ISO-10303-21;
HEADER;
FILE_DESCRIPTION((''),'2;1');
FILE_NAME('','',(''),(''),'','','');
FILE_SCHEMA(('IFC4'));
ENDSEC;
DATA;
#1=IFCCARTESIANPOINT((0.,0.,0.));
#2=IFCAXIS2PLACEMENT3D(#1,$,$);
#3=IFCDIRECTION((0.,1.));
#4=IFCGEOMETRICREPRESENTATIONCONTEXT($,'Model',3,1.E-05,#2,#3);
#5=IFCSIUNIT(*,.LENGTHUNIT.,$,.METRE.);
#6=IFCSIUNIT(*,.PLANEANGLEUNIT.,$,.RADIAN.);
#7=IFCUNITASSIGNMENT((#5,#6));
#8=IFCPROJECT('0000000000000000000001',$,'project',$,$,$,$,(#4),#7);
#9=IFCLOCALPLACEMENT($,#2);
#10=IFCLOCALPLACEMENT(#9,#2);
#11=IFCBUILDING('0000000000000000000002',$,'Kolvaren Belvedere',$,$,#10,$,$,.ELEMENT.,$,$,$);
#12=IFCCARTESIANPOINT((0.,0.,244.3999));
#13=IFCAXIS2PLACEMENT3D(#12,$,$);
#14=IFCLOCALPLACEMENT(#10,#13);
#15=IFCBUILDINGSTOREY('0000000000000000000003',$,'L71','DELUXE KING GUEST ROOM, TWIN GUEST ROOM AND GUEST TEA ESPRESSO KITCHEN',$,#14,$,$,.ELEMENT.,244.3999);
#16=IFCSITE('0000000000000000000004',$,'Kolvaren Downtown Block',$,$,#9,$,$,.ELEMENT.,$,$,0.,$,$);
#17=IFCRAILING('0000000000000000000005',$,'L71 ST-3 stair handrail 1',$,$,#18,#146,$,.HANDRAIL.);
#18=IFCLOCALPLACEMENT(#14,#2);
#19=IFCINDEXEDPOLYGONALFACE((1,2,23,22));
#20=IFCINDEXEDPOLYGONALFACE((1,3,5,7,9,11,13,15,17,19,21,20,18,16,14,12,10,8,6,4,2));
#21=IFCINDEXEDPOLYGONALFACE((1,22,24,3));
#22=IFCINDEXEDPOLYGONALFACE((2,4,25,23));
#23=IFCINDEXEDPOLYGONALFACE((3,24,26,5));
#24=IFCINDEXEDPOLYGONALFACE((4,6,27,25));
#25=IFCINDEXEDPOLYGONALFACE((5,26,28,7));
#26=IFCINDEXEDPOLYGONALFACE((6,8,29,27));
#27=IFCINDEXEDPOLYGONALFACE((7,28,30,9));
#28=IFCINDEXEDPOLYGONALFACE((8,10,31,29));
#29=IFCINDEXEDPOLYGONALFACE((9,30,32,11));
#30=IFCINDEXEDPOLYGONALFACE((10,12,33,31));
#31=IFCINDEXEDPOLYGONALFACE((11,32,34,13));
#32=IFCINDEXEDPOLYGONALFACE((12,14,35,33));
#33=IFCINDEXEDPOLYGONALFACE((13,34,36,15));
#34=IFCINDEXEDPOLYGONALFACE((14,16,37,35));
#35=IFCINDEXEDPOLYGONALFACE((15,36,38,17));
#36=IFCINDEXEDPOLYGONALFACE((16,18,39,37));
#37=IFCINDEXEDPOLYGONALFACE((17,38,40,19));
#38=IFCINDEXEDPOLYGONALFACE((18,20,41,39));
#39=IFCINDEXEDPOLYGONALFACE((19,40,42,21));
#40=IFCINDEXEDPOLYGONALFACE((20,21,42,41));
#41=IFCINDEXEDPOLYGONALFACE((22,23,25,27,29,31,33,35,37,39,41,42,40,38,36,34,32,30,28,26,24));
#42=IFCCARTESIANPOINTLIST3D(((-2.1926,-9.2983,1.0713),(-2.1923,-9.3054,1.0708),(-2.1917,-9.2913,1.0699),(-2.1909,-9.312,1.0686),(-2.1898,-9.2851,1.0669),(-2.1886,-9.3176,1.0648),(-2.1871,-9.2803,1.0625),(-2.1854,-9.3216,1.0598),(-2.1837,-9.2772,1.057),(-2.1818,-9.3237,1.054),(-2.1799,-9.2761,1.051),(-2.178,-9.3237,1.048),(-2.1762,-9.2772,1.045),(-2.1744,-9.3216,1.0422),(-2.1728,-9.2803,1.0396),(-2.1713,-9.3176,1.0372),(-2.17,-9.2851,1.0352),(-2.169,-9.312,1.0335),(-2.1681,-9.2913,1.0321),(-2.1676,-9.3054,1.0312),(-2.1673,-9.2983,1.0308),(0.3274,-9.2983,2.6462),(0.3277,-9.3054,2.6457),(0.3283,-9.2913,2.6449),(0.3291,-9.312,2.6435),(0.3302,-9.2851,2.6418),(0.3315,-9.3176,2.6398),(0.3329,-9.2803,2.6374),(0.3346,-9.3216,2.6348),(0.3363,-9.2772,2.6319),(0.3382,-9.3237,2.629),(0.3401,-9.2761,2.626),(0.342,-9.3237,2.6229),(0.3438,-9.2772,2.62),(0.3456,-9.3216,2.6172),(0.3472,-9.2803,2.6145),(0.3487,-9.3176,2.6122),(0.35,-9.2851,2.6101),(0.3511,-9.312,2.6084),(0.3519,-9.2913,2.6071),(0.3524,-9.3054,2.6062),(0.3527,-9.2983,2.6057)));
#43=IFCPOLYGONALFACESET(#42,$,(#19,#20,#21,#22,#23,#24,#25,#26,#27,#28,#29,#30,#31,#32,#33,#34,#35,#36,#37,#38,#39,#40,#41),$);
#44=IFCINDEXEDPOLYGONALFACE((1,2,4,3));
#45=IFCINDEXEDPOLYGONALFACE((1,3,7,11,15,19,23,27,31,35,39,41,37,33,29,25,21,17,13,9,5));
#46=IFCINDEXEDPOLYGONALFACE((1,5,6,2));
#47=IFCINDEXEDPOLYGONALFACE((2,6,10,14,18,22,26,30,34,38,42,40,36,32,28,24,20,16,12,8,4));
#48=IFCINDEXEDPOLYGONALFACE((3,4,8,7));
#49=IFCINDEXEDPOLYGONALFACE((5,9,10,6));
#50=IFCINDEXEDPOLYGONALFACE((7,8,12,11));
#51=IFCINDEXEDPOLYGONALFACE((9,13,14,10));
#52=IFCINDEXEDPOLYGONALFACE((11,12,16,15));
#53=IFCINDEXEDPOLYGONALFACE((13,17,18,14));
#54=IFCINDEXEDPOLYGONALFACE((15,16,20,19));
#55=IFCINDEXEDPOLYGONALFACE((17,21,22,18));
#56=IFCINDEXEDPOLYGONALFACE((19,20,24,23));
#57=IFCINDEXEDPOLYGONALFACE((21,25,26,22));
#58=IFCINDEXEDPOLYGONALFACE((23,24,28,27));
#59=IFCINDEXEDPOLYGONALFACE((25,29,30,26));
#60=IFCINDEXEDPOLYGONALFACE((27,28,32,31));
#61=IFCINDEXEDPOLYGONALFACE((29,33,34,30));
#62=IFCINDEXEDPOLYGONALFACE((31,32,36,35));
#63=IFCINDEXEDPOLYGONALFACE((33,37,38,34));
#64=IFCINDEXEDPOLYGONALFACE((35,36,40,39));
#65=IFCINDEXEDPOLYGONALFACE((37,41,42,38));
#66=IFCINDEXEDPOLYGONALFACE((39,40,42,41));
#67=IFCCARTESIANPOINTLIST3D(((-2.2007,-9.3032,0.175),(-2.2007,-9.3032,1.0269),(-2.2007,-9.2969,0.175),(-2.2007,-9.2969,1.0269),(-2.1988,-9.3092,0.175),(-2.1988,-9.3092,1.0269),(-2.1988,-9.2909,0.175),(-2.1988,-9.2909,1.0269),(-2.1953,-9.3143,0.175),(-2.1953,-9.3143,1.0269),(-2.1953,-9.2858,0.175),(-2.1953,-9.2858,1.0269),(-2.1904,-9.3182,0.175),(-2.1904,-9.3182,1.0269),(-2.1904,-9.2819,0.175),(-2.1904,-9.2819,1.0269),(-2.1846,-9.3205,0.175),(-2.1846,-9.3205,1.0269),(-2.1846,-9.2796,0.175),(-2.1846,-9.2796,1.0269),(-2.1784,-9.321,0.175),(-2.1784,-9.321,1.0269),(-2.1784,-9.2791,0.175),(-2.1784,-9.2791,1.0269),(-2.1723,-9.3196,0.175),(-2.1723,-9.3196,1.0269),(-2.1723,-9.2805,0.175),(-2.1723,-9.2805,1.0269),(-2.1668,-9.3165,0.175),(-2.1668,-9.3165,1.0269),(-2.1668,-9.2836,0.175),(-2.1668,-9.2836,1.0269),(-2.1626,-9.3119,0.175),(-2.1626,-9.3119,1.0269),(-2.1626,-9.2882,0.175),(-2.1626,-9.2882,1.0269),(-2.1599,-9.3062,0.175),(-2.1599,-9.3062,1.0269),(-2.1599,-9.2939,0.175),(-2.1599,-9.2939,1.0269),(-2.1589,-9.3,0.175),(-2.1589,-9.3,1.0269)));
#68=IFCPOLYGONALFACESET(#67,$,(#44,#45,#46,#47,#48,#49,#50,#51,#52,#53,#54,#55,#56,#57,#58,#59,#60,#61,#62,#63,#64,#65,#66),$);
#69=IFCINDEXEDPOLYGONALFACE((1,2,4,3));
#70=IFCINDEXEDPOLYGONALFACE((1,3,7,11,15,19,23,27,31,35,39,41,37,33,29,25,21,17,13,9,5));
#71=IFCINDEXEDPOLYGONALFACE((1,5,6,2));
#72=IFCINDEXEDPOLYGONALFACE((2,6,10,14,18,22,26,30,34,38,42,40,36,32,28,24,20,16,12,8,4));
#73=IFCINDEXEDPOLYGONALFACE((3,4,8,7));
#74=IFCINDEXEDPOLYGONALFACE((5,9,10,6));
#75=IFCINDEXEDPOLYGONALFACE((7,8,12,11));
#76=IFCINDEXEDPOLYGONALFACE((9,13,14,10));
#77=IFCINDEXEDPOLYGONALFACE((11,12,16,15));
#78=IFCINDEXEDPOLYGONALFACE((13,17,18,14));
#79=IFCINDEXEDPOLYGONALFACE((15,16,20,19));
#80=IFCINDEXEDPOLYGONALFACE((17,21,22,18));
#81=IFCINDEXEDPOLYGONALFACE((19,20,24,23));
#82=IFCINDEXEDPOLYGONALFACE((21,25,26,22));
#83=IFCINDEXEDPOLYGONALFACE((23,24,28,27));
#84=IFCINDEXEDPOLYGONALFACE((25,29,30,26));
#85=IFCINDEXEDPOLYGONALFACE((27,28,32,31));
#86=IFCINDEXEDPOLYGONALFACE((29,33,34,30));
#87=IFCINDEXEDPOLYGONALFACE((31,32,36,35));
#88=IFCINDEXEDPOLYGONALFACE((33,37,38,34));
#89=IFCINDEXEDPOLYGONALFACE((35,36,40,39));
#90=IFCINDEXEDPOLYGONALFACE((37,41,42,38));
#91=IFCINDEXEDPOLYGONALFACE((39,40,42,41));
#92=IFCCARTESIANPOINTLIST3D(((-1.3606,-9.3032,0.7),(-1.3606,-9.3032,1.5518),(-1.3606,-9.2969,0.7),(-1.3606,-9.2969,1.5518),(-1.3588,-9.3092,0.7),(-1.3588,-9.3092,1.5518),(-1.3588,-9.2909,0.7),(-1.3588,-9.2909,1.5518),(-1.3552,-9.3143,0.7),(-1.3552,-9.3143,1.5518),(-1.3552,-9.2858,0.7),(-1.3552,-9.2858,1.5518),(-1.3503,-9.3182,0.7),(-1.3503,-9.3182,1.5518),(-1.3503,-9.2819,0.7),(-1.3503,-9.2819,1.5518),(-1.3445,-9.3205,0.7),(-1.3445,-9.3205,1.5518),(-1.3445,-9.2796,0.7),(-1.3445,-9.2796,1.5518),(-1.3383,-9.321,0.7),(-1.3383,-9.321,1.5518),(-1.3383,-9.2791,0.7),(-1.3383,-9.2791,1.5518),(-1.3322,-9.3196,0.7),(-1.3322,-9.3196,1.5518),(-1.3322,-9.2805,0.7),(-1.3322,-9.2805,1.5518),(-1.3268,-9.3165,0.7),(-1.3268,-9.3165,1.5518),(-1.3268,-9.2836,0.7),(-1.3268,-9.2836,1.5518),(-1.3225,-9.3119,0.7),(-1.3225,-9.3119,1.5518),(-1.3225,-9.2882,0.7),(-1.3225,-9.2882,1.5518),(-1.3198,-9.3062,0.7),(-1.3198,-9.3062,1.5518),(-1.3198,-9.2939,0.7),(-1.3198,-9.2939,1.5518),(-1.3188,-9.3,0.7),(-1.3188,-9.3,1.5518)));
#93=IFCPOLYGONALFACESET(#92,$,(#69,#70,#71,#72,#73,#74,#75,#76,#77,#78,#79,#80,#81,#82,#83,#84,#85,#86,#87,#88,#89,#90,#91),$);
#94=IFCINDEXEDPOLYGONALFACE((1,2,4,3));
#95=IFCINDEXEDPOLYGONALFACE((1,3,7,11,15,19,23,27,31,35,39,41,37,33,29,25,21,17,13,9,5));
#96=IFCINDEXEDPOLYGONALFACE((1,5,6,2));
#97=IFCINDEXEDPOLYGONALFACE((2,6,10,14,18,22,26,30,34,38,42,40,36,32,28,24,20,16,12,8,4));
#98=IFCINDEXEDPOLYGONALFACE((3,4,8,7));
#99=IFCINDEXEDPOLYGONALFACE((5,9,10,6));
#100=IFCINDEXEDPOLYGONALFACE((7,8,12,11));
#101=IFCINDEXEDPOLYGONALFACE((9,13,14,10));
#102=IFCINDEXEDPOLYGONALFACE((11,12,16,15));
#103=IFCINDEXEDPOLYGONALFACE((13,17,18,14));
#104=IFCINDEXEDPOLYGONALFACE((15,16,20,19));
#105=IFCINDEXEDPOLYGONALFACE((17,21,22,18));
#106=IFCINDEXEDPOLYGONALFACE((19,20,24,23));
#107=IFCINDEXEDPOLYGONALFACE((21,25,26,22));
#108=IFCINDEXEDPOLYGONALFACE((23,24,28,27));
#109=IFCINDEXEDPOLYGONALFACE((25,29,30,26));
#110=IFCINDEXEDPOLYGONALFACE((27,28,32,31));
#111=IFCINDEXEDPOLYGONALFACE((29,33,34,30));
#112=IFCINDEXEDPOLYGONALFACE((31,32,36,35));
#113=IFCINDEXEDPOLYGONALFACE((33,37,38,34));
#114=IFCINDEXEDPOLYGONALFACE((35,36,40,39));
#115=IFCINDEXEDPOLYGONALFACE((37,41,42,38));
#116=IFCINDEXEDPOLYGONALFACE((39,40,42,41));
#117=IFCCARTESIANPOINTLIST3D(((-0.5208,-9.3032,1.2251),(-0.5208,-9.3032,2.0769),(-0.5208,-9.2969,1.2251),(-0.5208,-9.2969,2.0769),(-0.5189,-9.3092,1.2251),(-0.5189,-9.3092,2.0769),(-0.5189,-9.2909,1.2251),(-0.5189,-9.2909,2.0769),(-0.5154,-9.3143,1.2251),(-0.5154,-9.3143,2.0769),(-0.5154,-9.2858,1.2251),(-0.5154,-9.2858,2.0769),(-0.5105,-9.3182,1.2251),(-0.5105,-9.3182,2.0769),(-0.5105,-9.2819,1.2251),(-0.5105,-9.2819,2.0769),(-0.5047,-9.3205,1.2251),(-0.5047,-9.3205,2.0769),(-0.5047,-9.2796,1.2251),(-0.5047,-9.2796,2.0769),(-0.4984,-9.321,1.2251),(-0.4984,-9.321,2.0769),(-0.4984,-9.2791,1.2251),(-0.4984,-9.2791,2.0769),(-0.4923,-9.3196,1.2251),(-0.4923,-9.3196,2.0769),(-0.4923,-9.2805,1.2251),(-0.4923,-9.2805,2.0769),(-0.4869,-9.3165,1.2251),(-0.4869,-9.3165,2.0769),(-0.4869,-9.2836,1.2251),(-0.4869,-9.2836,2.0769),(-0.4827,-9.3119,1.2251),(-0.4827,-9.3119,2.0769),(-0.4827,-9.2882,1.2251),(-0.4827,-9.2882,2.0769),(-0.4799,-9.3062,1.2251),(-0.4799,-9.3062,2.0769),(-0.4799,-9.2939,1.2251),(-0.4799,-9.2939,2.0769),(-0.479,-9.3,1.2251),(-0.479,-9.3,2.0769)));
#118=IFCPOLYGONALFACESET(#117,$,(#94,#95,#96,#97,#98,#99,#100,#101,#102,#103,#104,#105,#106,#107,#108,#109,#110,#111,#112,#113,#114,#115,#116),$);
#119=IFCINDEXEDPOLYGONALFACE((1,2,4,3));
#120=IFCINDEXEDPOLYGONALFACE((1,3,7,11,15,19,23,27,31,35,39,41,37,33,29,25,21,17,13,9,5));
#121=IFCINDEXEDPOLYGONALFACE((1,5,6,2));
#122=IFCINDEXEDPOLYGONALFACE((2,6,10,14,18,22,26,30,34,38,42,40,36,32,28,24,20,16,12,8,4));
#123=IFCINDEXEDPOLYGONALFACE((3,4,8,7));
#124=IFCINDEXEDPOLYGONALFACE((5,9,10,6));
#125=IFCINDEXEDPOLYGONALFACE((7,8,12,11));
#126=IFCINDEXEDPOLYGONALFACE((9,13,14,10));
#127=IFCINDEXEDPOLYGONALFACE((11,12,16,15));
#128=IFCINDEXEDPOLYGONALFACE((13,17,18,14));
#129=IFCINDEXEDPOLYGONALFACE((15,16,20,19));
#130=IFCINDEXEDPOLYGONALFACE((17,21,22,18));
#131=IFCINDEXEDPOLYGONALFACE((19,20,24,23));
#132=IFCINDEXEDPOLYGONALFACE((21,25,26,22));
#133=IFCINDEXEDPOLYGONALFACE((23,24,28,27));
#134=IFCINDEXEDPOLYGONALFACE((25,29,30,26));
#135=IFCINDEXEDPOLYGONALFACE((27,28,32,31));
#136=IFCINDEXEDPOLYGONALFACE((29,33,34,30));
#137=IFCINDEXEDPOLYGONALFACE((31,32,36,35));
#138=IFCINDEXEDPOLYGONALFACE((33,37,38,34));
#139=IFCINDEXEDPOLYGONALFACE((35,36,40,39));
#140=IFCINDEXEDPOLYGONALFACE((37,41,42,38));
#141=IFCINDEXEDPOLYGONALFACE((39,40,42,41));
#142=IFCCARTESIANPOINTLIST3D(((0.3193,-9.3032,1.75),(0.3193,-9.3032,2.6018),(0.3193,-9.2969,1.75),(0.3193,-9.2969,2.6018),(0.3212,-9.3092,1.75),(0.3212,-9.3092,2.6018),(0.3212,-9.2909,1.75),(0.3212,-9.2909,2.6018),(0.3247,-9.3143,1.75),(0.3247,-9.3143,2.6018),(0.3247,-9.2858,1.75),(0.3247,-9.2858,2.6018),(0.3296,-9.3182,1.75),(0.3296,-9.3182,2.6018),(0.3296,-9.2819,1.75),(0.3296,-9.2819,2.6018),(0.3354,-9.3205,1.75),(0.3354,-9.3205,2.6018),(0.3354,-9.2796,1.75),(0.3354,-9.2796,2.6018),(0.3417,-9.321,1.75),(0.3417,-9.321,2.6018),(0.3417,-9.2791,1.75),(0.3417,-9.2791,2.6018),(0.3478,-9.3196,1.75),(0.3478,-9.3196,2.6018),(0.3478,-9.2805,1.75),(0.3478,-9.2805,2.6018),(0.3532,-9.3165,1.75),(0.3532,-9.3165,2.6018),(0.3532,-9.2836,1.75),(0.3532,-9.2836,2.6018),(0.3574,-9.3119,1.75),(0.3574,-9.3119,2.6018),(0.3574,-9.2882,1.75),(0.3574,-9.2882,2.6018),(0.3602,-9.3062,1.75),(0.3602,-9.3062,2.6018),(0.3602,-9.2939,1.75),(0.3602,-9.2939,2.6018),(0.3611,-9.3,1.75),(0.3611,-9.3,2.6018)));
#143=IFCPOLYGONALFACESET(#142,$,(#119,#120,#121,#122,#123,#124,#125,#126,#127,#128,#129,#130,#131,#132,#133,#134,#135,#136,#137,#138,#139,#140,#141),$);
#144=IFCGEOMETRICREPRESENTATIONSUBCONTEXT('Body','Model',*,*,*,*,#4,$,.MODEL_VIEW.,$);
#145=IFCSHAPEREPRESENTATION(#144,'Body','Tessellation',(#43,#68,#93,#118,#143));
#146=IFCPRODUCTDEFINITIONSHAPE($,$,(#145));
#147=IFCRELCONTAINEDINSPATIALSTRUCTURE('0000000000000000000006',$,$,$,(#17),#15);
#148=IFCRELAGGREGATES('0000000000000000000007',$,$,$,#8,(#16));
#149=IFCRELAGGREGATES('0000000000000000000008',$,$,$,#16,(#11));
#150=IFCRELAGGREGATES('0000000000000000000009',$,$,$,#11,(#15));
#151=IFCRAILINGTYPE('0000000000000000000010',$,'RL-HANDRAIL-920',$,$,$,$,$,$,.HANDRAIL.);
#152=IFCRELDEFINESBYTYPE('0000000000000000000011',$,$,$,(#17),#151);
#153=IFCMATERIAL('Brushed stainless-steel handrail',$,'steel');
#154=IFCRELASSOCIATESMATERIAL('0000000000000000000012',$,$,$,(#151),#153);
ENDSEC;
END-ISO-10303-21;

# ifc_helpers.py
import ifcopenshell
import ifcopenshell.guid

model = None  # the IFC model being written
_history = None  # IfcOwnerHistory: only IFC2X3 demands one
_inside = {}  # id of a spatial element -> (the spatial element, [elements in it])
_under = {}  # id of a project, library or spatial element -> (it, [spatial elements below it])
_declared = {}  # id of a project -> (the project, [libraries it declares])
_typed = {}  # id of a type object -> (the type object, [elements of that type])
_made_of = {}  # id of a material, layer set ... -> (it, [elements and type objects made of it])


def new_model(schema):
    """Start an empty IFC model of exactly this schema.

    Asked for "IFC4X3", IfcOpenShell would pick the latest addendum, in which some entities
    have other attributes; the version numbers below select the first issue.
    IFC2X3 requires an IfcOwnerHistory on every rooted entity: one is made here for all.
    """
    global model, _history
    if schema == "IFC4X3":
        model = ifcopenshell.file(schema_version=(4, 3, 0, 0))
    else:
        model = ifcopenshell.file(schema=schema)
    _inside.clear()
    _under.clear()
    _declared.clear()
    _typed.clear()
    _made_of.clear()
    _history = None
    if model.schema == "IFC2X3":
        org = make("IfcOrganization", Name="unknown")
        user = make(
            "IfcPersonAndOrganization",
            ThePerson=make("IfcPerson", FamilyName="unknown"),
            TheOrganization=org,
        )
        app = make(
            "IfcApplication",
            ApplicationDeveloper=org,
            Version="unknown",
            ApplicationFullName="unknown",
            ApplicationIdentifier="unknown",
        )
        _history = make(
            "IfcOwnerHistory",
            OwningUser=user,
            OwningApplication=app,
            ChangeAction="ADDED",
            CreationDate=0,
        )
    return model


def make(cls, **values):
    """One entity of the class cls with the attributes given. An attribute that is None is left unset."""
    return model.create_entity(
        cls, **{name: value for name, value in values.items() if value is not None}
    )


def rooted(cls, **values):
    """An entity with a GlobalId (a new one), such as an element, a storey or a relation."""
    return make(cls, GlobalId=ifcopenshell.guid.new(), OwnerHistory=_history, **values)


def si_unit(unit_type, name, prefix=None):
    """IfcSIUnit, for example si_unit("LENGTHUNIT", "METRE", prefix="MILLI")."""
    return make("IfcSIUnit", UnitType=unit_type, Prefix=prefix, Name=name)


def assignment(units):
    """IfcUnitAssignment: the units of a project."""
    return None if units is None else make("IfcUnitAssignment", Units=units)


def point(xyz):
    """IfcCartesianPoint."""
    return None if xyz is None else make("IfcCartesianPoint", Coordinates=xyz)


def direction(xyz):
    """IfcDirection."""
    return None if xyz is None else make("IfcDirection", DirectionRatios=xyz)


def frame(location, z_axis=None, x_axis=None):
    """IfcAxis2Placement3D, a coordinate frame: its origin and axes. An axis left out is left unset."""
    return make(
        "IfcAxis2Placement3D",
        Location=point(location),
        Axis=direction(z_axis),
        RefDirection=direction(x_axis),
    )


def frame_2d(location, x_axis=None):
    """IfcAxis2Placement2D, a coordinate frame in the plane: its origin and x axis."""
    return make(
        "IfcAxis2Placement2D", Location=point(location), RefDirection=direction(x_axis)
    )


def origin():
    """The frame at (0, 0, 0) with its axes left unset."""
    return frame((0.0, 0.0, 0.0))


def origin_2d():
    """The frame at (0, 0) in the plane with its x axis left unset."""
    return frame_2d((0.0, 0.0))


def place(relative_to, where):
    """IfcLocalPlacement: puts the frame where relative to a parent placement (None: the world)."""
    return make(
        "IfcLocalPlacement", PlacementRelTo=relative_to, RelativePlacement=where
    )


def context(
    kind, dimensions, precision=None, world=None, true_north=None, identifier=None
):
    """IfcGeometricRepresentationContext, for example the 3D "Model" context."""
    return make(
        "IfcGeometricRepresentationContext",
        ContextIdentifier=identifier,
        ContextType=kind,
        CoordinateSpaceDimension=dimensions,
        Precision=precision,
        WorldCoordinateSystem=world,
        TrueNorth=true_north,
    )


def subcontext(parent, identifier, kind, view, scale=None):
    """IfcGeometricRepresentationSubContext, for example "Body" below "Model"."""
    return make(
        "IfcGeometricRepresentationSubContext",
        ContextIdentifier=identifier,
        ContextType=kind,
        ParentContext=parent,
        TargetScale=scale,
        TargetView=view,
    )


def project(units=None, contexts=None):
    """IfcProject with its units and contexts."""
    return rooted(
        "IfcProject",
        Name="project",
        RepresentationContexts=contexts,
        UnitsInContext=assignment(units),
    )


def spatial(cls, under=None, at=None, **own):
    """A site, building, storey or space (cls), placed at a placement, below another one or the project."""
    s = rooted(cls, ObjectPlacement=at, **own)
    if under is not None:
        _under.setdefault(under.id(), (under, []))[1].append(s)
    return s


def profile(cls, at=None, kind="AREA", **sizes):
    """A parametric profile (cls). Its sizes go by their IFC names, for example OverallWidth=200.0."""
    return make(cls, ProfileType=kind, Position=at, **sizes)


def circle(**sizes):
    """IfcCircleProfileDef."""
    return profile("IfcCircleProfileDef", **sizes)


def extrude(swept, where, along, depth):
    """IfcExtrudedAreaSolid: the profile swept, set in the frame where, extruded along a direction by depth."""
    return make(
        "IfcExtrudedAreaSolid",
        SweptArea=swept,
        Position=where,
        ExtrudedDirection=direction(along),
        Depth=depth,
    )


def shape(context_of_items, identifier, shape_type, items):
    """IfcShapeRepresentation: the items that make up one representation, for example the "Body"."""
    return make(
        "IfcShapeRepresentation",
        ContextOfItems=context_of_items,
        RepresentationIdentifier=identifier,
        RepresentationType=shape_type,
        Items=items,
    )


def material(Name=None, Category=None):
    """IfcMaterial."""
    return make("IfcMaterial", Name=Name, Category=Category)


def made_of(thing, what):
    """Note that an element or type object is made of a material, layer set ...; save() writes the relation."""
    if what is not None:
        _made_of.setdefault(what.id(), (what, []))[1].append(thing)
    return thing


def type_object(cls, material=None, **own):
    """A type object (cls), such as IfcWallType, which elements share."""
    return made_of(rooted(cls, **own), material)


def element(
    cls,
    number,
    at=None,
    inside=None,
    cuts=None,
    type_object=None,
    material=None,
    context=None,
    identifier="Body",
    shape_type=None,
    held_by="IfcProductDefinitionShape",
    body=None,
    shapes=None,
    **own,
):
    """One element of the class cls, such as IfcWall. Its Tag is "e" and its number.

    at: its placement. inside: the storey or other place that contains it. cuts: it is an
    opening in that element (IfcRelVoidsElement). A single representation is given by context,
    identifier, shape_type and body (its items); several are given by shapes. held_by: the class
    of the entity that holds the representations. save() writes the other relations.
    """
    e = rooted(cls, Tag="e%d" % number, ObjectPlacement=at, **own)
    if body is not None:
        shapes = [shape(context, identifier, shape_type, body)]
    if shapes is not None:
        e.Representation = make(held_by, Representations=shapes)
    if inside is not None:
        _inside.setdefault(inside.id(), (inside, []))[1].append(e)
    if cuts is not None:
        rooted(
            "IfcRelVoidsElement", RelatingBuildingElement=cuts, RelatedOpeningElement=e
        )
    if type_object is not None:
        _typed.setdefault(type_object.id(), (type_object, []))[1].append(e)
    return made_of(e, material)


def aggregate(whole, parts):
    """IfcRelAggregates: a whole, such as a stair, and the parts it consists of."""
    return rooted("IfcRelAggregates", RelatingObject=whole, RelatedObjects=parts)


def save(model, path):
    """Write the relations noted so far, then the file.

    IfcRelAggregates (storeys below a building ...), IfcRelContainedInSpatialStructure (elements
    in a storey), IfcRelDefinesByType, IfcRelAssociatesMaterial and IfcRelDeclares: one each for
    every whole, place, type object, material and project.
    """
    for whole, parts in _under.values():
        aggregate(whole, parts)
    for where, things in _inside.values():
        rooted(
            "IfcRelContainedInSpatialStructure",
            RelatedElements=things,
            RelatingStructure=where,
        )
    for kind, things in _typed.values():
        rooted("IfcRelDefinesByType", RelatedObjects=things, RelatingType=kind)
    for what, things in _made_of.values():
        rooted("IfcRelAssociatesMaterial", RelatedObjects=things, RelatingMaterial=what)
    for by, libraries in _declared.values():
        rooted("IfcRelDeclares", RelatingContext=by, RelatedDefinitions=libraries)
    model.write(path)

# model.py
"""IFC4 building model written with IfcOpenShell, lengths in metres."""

from ifc_helpers import new_model, si_unit, direction, frame, origin, origin_2d, place, context, subcontext, project, spatial, circle, extrude, material, type_object, element, save


model = new_model("IFC4")

# Units and contexts
model_context = context("Model", 3, precision=1e-05, world=origin(), true_north=direction((0.0, 1.0)))
body_context = subcontext(model_context, "Body", "Model", "MODEL_VIEW")
ifc_project = project(units=[si_unit("LENGTHUNIT", "METRE"), si_unit("PLANEANGLEUNIT", "RADIAN")], contexts=[model_context])

# Site, building, storey
site_placement = place(None, origin())
site = spatial("IfcSite", under=ifc_project, at=site_placement, Name="Kolvaren Downtown Block", CompositionType="ELEMENT", RefElevation=0.0)
building_placement = place(site_placement, origin())
building = spatial("IfcBuilding", under=site, at=building_placement, Name="Kolvaren Belvedere", CompositionType="ELEMENT")
storey_placement = place(building_placement, frame((0.0, 0.0, 244.3999)))
storey = spatial("IfcBuildingStorey", under=building, at=storey_placement, Name="L71", Description="DELUXE KING GUEST ROOM, TWIN GUEST ROOM AND GUEST TEA ESPRESSO KITCHEN", CompositionType="ELEMENT", Elevation=244.3999)

# Railing
ifc_material_1 = material(Name="Brushed stainless-steel handrail", Category="steel")
railing_type_1 = type_object("IfcRailingType", Name="RL-HANDRAIL-920", PredefinedType="HANDRAIL", material=ifc_material_1)
railing_1_placement = place(storey_placement, frame((-2.1799, -9.3, 0.175)))
element("IfcRailing", 1, at=railing_1_placement, inside=storey, type_object=railing_type_1, Name="L71 ST-3 stair handrail 1", PredefinedType="HANDRAIL", context=body_context, shape_type="SweptSolid", body=[
    extrude(circle(Radius=0.0239, at=origin_2d()), frame((0.0, 0.0, 0.876), z_axis=(0.848008, 0.0, 0.529984), x_axis=(0.0, 1.0, 0.0)), (0.0, 0.0, 1.0), 2.9717),
    extrude(circle(Radius=0.021, at=origin_2d()), origin(), (0.0, 0.0, 1.0), 0.8518),
    extrude(circle(Radius=0.021, at=origin_2d()), frame((0.8401, 0.0, 0.5249)), (0.0, 0.0, 1.0), 0.8518),
    extrude(circle(Radius=0.021, at=origin_2d()), frame((1.6799, 0.0, 1.05)), (0.0, 0.0, 1.0), 0.8518),
    extrude(circle(Radius=0.021, at=origin_2d()), frame((2.52, 0.0, 1.575)), (0.0, 0.0, 1.0), 0.8518),
])

save(model, "model.ifc")
